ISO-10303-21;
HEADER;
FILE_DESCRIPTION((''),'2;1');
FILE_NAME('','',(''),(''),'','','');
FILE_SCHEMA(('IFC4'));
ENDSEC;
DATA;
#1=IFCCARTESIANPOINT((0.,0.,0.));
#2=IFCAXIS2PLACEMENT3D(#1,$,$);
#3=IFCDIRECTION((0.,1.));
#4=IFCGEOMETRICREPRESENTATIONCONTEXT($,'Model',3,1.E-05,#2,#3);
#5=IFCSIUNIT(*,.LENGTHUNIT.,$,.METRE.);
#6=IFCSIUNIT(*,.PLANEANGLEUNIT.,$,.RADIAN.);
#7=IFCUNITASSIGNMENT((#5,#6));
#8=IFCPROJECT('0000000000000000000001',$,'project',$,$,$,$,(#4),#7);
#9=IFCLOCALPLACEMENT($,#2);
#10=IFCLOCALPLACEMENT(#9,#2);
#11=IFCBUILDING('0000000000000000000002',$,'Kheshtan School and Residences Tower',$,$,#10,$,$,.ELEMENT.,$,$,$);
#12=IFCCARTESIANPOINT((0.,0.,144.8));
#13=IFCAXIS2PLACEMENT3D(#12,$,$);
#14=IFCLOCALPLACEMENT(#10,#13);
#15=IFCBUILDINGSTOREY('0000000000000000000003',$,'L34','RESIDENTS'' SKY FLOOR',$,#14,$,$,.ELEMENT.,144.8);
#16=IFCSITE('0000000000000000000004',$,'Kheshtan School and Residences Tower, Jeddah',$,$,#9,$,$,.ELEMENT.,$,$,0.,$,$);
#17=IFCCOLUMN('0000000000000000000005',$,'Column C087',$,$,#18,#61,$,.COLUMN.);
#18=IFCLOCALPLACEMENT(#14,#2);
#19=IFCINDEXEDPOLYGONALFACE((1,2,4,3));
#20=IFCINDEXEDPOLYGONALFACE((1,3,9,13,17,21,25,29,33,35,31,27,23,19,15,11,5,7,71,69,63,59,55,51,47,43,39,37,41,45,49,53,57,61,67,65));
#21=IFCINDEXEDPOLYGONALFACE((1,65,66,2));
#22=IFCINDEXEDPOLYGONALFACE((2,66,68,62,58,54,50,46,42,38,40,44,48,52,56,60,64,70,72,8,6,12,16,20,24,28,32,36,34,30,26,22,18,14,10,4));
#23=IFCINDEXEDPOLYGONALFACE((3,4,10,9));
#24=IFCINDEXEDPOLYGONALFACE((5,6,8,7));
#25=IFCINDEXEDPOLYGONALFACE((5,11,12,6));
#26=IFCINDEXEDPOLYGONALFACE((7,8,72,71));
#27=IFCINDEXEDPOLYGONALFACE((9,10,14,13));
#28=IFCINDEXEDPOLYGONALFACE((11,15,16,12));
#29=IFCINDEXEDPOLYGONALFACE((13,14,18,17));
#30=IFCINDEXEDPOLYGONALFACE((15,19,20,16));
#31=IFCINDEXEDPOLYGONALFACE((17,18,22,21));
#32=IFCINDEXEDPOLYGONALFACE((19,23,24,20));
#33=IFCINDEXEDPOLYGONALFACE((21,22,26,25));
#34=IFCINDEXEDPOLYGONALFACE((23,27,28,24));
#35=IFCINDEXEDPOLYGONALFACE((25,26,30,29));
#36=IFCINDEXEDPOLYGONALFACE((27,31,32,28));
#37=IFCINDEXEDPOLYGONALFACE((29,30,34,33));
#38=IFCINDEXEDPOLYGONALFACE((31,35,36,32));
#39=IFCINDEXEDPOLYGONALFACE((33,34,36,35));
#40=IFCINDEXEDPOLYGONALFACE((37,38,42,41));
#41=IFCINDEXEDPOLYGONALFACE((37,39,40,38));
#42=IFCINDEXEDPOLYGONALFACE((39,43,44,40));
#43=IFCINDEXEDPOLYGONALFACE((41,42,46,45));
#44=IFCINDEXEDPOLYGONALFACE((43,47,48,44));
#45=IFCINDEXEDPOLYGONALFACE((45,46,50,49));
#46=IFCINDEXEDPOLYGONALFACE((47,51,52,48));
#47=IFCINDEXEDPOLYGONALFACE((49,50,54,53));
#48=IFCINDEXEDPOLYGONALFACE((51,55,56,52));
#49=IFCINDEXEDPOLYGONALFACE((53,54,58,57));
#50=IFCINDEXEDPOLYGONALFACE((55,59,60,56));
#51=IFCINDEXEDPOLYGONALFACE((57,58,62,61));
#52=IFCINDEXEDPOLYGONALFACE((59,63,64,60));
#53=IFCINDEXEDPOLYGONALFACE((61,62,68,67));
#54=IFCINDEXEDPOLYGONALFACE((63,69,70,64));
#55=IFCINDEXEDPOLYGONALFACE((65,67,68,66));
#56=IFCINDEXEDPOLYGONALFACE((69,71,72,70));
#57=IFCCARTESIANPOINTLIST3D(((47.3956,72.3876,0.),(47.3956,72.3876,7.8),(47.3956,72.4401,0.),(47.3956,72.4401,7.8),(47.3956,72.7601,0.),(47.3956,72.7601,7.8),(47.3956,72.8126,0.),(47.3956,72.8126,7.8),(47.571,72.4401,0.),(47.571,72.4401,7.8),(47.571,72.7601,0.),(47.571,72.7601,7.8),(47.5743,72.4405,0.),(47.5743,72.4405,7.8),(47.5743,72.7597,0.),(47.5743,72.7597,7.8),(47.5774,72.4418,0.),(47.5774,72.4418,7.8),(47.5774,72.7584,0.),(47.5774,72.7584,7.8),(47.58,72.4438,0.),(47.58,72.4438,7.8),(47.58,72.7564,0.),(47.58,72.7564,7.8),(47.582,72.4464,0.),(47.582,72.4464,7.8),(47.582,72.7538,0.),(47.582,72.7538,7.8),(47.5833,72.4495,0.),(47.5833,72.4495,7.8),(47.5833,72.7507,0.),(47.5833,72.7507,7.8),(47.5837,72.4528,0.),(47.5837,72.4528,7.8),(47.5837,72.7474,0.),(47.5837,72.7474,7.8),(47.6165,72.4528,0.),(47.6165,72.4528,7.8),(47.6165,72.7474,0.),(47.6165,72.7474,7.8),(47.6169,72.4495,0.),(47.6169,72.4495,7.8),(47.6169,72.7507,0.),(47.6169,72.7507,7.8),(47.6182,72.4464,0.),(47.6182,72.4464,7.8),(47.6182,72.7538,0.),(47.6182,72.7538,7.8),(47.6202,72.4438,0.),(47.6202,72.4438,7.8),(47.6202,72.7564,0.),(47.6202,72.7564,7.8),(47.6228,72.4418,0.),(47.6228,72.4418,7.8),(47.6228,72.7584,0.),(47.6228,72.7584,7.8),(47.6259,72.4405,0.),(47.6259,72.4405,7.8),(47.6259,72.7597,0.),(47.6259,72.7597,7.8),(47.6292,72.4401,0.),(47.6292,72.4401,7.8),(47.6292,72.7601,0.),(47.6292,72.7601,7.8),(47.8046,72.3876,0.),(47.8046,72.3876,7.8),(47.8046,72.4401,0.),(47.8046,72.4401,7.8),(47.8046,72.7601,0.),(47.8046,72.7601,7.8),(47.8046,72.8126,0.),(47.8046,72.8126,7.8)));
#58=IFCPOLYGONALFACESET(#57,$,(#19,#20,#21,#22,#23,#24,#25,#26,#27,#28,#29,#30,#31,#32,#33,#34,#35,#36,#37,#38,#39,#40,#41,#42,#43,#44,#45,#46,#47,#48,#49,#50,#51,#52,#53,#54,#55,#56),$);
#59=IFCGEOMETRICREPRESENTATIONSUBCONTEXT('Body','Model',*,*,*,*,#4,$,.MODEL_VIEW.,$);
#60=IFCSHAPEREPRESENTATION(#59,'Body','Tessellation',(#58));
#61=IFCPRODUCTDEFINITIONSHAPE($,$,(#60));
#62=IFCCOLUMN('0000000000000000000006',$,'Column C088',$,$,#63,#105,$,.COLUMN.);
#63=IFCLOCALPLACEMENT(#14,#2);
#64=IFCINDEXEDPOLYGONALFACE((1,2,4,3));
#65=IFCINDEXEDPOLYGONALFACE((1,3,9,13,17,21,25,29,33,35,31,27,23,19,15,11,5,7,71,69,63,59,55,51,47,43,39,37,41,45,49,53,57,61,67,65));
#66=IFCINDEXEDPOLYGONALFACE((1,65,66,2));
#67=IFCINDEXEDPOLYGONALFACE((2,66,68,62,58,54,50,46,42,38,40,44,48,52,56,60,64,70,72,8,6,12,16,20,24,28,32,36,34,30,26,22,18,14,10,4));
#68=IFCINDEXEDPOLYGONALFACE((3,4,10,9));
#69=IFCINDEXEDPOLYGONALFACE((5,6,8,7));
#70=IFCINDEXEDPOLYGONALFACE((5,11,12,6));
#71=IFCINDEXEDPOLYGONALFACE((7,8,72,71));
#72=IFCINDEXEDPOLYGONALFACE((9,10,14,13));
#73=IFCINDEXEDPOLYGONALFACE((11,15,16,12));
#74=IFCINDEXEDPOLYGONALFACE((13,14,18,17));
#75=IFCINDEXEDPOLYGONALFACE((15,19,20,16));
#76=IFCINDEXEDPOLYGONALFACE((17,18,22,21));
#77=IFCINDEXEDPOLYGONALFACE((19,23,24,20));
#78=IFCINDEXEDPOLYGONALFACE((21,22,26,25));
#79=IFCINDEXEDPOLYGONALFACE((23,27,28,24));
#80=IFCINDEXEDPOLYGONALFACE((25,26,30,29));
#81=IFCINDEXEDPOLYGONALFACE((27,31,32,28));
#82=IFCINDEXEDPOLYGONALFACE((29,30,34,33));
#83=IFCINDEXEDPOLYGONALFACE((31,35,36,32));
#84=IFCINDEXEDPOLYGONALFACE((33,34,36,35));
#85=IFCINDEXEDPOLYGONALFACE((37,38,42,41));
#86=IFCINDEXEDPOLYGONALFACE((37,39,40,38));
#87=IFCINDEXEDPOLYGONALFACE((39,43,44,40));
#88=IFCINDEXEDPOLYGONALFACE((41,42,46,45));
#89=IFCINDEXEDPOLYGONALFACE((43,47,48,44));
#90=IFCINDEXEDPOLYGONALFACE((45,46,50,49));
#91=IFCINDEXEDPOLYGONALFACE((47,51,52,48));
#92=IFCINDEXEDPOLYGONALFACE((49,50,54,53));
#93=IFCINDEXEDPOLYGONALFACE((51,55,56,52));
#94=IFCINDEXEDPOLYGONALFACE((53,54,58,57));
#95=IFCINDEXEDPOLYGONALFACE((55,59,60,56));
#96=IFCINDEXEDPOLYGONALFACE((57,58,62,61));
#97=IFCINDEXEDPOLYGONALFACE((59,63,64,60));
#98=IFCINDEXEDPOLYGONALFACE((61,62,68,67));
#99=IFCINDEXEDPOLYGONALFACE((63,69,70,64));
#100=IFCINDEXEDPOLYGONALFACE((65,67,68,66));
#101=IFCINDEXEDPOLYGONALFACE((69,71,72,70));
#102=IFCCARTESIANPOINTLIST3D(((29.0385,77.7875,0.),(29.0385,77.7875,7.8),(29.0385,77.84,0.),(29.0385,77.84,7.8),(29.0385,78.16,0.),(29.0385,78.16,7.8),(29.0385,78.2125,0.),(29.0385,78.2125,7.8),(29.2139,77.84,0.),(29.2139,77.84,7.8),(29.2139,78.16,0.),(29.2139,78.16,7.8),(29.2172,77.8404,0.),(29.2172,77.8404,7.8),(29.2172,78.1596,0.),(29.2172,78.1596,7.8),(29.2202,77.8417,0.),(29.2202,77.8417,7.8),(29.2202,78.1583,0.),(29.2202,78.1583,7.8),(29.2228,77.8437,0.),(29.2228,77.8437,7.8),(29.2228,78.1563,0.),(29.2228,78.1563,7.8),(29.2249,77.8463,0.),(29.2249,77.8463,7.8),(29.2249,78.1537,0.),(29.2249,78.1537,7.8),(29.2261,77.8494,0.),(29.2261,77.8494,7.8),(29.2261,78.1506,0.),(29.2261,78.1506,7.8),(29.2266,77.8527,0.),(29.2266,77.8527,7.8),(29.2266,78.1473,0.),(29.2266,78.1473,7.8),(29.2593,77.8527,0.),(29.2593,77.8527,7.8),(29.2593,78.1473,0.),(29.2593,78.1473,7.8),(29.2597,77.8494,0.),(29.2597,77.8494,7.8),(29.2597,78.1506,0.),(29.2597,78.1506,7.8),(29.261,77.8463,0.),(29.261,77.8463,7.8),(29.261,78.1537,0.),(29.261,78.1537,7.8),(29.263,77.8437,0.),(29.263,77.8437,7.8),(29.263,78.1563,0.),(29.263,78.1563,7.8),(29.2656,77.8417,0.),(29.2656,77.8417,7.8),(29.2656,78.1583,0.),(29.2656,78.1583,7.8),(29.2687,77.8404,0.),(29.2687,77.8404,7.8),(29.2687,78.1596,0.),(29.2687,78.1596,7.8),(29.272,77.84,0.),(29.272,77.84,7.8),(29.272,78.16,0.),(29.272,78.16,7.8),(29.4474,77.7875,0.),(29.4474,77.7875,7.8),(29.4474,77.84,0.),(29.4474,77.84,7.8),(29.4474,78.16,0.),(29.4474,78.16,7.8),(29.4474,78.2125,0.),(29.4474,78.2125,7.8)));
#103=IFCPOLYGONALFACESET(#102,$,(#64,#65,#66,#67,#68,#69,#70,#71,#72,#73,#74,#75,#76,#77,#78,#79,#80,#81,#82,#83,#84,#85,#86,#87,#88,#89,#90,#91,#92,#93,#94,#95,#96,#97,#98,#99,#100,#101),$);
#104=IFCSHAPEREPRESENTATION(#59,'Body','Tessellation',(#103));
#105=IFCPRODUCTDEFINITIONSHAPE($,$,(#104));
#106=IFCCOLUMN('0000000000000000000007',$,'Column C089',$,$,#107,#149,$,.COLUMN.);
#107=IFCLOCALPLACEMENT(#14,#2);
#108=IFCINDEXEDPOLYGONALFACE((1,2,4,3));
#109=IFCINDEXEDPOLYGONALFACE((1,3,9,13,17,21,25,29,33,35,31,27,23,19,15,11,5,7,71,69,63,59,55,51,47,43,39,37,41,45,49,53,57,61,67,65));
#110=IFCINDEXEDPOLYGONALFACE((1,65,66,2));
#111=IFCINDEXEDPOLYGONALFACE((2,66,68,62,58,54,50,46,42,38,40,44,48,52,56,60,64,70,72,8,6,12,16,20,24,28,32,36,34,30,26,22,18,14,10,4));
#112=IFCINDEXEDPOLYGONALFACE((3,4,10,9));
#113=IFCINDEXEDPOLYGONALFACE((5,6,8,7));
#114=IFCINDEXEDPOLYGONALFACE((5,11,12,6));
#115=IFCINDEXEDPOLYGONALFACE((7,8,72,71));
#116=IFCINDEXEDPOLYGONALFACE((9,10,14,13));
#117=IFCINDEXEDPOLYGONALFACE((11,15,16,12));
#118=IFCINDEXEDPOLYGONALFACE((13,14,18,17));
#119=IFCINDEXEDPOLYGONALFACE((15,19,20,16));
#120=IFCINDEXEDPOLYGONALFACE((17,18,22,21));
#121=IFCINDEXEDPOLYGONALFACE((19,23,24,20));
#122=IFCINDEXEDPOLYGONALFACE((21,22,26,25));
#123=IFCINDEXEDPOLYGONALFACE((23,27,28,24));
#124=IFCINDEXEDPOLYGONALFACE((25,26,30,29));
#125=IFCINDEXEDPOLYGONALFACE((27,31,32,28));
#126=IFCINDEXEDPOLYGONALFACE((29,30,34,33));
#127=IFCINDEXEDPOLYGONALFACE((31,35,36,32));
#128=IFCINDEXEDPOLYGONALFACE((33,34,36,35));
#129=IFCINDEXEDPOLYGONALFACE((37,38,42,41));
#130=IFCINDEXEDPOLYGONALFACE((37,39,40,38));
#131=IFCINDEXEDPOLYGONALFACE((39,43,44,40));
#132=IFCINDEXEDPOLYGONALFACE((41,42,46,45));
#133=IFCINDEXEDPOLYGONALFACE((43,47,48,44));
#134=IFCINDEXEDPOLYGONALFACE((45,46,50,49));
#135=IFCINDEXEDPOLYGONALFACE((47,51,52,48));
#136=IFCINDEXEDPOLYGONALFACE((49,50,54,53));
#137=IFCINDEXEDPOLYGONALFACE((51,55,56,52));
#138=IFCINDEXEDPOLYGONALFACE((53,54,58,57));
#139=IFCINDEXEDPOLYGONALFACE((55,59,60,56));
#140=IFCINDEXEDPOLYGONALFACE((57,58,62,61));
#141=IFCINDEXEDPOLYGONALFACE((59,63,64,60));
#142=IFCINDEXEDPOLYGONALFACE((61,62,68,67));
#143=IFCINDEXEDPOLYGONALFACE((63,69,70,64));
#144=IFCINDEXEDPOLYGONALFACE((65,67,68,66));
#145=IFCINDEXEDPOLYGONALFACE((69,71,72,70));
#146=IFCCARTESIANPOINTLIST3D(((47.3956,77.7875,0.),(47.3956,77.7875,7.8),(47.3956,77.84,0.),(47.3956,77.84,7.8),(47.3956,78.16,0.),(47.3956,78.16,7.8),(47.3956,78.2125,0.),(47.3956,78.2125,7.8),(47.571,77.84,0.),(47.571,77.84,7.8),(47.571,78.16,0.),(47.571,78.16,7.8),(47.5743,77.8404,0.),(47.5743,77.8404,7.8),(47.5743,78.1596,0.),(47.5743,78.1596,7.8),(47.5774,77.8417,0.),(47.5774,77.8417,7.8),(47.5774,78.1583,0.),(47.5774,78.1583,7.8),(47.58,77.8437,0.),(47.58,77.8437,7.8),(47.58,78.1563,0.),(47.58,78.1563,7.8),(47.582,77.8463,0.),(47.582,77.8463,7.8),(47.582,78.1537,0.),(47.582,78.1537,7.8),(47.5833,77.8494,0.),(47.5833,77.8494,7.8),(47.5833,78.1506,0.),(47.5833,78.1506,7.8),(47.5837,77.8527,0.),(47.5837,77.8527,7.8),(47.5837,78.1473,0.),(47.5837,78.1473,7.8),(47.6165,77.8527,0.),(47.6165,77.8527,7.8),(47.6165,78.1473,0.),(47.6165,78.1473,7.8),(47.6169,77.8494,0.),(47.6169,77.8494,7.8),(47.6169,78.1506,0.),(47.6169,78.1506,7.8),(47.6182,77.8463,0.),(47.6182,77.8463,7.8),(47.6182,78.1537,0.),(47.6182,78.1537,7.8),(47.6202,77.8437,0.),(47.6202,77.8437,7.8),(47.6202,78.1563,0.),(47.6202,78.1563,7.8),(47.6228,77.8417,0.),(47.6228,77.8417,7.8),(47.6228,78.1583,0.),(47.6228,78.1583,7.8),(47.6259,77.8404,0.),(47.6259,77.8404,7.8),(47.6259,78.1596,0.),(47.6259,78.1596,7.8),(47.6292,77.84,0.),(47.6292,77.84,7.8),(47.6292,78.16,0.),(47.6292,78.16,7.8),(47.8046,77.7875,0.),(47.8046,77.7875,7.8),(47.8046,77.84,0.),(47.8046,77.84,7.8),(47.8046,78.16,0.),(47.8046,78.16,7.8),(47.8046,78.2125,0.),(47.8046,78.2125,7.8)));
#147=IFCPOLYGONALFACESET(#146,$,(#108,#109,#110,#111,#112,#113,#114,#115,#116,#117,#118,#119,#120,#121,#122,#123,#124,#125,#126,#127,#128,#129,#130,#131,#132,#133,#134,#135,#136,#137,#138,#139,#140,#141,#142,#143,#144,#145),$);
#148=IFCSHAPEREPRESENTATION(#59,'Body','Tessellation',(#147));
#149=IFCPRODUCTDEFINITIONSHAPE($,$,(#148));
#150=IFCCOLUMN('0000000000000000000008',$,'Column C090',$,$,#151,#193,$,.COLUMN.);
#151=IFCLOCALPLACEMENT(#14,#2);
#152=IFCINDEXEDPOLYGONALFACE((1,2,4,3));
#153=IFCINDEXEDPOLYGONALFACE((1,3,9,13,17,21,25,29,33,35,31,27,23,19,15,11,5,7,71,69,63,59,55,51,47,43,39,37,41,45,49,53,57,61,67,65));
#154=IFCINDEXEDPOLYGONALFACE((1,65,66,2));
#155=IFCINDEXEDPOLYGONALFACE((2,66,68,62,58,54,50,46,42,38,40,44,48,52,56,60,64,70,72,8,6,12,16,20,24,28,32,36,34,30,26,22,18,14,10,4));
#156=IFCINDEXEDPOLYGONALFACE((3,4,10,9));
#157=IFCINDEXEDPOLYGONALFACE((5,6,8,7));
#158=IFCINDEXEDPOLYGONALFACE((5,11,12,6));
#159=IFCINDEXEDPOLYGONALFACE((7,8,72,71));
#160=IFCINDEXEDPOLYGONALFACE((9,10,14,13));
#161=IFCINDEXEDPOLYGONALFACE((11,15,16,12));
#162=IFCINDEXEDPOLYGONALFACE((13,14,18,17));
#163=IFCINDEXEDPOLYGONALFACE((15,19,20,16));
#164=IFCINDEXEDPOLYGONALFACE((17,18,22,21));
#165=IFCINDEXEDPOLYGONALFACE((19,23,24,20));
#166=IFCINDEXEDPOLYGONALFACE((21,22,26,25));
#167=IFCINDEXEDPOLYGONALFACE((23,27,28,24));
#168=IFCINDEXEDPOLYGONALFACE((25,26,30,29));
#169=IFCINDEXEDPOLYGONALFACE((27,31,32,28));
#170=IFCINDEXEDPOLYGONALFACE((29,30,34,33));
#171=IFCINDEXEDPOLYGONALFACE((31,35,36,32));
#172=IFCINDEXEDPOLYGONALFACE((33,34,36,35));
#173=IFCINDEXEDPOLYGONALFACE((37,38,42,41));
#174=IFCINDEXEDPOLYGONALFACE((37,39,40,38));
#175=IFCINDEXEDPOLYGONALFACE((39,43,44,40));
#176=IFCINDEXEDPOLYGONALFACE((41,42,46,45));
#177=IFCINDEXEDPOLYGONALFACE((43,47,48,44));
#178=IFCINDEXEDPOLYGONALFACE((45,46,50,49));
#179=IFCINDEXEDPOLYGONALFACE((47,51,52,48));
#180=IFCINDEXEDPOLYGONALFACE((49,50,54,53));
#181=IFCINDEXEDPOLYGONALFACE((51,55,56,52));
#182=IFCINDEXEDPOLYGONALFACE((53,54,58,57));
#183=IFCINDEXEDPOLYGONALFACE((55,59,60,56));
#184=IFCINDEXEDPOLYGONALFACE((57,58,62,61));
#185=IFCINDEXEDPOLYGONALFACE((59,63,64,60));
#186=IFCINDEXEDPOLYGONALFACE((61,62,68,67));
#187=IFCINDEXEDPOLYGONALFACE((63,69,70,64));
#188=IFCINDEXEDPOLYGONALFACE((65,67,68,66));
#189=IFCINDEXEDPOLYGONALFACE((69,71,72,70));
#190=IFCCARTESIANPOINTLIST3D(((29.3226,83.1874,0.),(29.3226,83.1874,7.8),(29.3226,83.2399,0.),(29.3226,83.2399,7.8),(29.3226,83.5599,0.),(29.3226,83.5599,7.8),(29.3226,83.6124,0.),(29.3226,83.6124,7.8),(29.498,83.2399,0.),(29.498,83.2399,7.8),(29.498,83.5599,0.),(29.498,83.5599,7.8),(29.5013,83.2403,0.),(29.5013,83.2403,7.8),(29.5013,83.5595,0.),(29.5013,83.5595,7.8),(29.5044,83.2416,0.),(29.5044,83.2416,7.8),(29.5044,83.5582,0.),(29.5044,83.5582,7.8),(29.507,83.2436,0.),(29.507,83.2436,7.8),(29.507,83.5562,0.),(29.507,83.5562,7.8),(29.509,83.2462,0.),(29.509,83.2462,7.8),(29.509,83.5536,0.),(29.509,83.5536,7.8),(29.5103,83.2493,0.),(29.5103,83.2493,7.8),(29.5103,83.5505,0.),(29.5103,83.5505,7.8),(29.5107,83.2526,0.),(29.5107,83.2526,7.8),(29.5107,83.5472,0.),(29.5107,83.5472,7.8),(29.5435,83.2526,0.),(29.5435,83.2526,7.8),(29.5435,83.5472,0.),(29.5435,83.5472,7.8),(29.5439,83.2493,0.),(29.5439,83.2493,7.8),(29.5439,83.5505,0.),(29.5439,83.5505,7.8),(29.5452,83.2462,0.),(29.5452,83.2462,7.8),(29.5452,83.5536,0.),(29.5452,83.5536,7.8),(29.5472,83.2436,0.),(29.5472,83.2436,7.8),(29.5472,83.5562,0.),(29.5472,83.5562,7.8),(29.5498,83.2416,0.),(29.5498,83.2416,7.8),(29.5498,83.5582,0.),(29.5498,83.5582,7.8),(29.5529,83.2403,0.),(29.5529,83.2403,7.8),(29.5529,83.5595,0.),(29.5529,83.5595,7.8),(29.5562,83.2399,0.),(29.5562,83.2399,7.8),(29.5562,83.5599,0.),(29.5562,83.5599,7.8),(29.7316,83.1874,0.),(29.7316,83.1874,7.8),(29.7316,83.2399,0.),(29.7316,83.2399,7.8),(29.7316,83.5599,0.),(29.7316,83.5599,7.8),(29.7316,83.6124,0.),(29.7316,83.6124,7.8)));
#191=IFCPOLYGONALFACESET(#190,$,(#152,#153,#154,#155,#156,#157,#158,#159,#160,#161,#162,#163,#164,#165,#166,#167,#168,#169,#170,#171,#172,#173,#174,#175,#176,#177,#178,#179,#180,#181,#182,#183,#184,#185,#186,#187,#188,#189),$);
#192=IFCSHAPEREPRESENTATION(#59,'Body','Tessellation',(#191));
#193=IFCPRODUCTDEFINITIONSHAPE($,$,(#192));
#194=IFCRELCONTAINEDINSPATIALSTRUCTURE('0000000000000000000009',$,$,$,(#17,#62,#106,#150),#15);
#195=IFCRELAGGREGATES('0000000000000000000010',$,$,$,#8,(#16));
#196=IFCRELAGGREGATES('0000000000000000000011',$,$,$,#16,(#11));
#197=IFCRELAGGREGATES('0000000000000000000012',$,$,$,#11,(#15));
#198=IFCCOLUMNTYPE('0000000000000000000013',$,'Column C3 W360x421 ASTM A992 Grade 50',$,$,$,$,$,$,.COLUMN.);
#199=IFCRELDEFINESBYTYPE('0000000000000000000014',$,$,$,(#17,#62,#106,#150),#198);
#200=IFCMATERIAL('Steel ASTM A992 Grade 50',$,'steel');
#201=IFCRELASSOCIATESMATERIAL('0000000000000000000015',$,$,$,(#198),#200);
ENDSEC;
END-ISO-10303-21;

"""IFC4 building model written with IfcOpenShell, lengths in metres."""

from ifc_helpers import new_model, si_unit, direction, frame, origin, origin_2d, place, context, subcontext, project, spatial, i_section, extrude, material, material_profile, profile_set, type_object, element, save


model = new_model("IFC4")

# Units and contexts
model_context = context("Model", 3, precision=1e-05, world=origin(), true_north=direction((0.0, 1.0)))
body_context = subcontext(model_context, "Body", "Model", "MODEL_VIEW")
ifc_project = project(units=[si_unit("LENGTHUNIT", "METRE"), si_unit("PLANEANGLEUNIT", "RADIAN")], contexts=[model_context])

# Site, building, storey
site_placement = place(None, origin())
site = spatial("IfcSite", under=ifc_project, at=site_placement, Name="Kheshtan School and Residences Tower, Jeddah", CompositionType="ELEMENT", RefElevation=0.0)
building_placement = place(site_placement, origin())
building = spatial("IfcBuilding", under=site, at=building_placement, Name="Kheshtan School and Residences Tower", CompositionType="ELEMENT")
storey_placement = place(building_placement, frame((0.0, 0.0, 144.8)))
storey = spatial("IfcBuildingStorey", under=building, at=storey_placement, Name="L34", Description="RESIDENTS' SKY FLOOR", CompositionType="ELEMENT", Elevation=144.8)

# Columns
ifc_material_1 = material(Name="Steel ASTM A992 Grade 50", Category="steel")
ifc_material_profile_1 = material_profile(ifc_material_1, i_section(OverallWidth=0.4089, OverallDepth=0.425, WebThickness=0.0327, FlangeThickness=0.0525, FilletRadius=0.0127, at=origin_2d()), Name="W360x421")
ifc_profile_set_1 = profile_set([ifc_material_profile_1], Name="Steel ASTM A992 Grade 50")
column_type = type_object("IfcColumnType", Name="Column C3 W360x421 ASTM A992 Grade 50", PredefinedType="COLUMN", material=ifc_profile_set_1)
for number, where, z_axis, x_axis, name in (
    (1, (47.6001, 72.6001, 0.0), (0.0, 0.0, 1.0), (1.0, 0.0, 0.0), "Column C087"),
    (2, (29.2429, 78.0, 0.0), (0.0, 0.0, 1.0), (1.0, 0.0, 0.0), "Column C088"),
    (3, (47.6001, 78.0, 0.0), (0.0, 0.0, 1.0), (1.0, 0.0, 0.0), "Column C089"),
    (4, (29.5271, 83.3999, 0.0), (0.0, 0.0, 1.0), (1.0, 0.0, 0.0), "Column C090"),
):
    element("IfcColumn", number, at=place(storey_placement, frame(where, z_axis=z_axis, x_axis=x_axis)), inside=storey, type_object=column_type, Name=name, PredefinedType="COLUMN", context=body_context, shape_type="SweptSolid", body=[
        extrude(i_section(OverallWidth=0.4089, OverallDepth=0.425, WebThickness=0.0327, FlangeThickness=0.0525, FilletRadius=0.0127, at=origin_2d()), origin(), (0.0, 0.0, 1.0), 7.8),
    ])

save(model, "model.ifc")
